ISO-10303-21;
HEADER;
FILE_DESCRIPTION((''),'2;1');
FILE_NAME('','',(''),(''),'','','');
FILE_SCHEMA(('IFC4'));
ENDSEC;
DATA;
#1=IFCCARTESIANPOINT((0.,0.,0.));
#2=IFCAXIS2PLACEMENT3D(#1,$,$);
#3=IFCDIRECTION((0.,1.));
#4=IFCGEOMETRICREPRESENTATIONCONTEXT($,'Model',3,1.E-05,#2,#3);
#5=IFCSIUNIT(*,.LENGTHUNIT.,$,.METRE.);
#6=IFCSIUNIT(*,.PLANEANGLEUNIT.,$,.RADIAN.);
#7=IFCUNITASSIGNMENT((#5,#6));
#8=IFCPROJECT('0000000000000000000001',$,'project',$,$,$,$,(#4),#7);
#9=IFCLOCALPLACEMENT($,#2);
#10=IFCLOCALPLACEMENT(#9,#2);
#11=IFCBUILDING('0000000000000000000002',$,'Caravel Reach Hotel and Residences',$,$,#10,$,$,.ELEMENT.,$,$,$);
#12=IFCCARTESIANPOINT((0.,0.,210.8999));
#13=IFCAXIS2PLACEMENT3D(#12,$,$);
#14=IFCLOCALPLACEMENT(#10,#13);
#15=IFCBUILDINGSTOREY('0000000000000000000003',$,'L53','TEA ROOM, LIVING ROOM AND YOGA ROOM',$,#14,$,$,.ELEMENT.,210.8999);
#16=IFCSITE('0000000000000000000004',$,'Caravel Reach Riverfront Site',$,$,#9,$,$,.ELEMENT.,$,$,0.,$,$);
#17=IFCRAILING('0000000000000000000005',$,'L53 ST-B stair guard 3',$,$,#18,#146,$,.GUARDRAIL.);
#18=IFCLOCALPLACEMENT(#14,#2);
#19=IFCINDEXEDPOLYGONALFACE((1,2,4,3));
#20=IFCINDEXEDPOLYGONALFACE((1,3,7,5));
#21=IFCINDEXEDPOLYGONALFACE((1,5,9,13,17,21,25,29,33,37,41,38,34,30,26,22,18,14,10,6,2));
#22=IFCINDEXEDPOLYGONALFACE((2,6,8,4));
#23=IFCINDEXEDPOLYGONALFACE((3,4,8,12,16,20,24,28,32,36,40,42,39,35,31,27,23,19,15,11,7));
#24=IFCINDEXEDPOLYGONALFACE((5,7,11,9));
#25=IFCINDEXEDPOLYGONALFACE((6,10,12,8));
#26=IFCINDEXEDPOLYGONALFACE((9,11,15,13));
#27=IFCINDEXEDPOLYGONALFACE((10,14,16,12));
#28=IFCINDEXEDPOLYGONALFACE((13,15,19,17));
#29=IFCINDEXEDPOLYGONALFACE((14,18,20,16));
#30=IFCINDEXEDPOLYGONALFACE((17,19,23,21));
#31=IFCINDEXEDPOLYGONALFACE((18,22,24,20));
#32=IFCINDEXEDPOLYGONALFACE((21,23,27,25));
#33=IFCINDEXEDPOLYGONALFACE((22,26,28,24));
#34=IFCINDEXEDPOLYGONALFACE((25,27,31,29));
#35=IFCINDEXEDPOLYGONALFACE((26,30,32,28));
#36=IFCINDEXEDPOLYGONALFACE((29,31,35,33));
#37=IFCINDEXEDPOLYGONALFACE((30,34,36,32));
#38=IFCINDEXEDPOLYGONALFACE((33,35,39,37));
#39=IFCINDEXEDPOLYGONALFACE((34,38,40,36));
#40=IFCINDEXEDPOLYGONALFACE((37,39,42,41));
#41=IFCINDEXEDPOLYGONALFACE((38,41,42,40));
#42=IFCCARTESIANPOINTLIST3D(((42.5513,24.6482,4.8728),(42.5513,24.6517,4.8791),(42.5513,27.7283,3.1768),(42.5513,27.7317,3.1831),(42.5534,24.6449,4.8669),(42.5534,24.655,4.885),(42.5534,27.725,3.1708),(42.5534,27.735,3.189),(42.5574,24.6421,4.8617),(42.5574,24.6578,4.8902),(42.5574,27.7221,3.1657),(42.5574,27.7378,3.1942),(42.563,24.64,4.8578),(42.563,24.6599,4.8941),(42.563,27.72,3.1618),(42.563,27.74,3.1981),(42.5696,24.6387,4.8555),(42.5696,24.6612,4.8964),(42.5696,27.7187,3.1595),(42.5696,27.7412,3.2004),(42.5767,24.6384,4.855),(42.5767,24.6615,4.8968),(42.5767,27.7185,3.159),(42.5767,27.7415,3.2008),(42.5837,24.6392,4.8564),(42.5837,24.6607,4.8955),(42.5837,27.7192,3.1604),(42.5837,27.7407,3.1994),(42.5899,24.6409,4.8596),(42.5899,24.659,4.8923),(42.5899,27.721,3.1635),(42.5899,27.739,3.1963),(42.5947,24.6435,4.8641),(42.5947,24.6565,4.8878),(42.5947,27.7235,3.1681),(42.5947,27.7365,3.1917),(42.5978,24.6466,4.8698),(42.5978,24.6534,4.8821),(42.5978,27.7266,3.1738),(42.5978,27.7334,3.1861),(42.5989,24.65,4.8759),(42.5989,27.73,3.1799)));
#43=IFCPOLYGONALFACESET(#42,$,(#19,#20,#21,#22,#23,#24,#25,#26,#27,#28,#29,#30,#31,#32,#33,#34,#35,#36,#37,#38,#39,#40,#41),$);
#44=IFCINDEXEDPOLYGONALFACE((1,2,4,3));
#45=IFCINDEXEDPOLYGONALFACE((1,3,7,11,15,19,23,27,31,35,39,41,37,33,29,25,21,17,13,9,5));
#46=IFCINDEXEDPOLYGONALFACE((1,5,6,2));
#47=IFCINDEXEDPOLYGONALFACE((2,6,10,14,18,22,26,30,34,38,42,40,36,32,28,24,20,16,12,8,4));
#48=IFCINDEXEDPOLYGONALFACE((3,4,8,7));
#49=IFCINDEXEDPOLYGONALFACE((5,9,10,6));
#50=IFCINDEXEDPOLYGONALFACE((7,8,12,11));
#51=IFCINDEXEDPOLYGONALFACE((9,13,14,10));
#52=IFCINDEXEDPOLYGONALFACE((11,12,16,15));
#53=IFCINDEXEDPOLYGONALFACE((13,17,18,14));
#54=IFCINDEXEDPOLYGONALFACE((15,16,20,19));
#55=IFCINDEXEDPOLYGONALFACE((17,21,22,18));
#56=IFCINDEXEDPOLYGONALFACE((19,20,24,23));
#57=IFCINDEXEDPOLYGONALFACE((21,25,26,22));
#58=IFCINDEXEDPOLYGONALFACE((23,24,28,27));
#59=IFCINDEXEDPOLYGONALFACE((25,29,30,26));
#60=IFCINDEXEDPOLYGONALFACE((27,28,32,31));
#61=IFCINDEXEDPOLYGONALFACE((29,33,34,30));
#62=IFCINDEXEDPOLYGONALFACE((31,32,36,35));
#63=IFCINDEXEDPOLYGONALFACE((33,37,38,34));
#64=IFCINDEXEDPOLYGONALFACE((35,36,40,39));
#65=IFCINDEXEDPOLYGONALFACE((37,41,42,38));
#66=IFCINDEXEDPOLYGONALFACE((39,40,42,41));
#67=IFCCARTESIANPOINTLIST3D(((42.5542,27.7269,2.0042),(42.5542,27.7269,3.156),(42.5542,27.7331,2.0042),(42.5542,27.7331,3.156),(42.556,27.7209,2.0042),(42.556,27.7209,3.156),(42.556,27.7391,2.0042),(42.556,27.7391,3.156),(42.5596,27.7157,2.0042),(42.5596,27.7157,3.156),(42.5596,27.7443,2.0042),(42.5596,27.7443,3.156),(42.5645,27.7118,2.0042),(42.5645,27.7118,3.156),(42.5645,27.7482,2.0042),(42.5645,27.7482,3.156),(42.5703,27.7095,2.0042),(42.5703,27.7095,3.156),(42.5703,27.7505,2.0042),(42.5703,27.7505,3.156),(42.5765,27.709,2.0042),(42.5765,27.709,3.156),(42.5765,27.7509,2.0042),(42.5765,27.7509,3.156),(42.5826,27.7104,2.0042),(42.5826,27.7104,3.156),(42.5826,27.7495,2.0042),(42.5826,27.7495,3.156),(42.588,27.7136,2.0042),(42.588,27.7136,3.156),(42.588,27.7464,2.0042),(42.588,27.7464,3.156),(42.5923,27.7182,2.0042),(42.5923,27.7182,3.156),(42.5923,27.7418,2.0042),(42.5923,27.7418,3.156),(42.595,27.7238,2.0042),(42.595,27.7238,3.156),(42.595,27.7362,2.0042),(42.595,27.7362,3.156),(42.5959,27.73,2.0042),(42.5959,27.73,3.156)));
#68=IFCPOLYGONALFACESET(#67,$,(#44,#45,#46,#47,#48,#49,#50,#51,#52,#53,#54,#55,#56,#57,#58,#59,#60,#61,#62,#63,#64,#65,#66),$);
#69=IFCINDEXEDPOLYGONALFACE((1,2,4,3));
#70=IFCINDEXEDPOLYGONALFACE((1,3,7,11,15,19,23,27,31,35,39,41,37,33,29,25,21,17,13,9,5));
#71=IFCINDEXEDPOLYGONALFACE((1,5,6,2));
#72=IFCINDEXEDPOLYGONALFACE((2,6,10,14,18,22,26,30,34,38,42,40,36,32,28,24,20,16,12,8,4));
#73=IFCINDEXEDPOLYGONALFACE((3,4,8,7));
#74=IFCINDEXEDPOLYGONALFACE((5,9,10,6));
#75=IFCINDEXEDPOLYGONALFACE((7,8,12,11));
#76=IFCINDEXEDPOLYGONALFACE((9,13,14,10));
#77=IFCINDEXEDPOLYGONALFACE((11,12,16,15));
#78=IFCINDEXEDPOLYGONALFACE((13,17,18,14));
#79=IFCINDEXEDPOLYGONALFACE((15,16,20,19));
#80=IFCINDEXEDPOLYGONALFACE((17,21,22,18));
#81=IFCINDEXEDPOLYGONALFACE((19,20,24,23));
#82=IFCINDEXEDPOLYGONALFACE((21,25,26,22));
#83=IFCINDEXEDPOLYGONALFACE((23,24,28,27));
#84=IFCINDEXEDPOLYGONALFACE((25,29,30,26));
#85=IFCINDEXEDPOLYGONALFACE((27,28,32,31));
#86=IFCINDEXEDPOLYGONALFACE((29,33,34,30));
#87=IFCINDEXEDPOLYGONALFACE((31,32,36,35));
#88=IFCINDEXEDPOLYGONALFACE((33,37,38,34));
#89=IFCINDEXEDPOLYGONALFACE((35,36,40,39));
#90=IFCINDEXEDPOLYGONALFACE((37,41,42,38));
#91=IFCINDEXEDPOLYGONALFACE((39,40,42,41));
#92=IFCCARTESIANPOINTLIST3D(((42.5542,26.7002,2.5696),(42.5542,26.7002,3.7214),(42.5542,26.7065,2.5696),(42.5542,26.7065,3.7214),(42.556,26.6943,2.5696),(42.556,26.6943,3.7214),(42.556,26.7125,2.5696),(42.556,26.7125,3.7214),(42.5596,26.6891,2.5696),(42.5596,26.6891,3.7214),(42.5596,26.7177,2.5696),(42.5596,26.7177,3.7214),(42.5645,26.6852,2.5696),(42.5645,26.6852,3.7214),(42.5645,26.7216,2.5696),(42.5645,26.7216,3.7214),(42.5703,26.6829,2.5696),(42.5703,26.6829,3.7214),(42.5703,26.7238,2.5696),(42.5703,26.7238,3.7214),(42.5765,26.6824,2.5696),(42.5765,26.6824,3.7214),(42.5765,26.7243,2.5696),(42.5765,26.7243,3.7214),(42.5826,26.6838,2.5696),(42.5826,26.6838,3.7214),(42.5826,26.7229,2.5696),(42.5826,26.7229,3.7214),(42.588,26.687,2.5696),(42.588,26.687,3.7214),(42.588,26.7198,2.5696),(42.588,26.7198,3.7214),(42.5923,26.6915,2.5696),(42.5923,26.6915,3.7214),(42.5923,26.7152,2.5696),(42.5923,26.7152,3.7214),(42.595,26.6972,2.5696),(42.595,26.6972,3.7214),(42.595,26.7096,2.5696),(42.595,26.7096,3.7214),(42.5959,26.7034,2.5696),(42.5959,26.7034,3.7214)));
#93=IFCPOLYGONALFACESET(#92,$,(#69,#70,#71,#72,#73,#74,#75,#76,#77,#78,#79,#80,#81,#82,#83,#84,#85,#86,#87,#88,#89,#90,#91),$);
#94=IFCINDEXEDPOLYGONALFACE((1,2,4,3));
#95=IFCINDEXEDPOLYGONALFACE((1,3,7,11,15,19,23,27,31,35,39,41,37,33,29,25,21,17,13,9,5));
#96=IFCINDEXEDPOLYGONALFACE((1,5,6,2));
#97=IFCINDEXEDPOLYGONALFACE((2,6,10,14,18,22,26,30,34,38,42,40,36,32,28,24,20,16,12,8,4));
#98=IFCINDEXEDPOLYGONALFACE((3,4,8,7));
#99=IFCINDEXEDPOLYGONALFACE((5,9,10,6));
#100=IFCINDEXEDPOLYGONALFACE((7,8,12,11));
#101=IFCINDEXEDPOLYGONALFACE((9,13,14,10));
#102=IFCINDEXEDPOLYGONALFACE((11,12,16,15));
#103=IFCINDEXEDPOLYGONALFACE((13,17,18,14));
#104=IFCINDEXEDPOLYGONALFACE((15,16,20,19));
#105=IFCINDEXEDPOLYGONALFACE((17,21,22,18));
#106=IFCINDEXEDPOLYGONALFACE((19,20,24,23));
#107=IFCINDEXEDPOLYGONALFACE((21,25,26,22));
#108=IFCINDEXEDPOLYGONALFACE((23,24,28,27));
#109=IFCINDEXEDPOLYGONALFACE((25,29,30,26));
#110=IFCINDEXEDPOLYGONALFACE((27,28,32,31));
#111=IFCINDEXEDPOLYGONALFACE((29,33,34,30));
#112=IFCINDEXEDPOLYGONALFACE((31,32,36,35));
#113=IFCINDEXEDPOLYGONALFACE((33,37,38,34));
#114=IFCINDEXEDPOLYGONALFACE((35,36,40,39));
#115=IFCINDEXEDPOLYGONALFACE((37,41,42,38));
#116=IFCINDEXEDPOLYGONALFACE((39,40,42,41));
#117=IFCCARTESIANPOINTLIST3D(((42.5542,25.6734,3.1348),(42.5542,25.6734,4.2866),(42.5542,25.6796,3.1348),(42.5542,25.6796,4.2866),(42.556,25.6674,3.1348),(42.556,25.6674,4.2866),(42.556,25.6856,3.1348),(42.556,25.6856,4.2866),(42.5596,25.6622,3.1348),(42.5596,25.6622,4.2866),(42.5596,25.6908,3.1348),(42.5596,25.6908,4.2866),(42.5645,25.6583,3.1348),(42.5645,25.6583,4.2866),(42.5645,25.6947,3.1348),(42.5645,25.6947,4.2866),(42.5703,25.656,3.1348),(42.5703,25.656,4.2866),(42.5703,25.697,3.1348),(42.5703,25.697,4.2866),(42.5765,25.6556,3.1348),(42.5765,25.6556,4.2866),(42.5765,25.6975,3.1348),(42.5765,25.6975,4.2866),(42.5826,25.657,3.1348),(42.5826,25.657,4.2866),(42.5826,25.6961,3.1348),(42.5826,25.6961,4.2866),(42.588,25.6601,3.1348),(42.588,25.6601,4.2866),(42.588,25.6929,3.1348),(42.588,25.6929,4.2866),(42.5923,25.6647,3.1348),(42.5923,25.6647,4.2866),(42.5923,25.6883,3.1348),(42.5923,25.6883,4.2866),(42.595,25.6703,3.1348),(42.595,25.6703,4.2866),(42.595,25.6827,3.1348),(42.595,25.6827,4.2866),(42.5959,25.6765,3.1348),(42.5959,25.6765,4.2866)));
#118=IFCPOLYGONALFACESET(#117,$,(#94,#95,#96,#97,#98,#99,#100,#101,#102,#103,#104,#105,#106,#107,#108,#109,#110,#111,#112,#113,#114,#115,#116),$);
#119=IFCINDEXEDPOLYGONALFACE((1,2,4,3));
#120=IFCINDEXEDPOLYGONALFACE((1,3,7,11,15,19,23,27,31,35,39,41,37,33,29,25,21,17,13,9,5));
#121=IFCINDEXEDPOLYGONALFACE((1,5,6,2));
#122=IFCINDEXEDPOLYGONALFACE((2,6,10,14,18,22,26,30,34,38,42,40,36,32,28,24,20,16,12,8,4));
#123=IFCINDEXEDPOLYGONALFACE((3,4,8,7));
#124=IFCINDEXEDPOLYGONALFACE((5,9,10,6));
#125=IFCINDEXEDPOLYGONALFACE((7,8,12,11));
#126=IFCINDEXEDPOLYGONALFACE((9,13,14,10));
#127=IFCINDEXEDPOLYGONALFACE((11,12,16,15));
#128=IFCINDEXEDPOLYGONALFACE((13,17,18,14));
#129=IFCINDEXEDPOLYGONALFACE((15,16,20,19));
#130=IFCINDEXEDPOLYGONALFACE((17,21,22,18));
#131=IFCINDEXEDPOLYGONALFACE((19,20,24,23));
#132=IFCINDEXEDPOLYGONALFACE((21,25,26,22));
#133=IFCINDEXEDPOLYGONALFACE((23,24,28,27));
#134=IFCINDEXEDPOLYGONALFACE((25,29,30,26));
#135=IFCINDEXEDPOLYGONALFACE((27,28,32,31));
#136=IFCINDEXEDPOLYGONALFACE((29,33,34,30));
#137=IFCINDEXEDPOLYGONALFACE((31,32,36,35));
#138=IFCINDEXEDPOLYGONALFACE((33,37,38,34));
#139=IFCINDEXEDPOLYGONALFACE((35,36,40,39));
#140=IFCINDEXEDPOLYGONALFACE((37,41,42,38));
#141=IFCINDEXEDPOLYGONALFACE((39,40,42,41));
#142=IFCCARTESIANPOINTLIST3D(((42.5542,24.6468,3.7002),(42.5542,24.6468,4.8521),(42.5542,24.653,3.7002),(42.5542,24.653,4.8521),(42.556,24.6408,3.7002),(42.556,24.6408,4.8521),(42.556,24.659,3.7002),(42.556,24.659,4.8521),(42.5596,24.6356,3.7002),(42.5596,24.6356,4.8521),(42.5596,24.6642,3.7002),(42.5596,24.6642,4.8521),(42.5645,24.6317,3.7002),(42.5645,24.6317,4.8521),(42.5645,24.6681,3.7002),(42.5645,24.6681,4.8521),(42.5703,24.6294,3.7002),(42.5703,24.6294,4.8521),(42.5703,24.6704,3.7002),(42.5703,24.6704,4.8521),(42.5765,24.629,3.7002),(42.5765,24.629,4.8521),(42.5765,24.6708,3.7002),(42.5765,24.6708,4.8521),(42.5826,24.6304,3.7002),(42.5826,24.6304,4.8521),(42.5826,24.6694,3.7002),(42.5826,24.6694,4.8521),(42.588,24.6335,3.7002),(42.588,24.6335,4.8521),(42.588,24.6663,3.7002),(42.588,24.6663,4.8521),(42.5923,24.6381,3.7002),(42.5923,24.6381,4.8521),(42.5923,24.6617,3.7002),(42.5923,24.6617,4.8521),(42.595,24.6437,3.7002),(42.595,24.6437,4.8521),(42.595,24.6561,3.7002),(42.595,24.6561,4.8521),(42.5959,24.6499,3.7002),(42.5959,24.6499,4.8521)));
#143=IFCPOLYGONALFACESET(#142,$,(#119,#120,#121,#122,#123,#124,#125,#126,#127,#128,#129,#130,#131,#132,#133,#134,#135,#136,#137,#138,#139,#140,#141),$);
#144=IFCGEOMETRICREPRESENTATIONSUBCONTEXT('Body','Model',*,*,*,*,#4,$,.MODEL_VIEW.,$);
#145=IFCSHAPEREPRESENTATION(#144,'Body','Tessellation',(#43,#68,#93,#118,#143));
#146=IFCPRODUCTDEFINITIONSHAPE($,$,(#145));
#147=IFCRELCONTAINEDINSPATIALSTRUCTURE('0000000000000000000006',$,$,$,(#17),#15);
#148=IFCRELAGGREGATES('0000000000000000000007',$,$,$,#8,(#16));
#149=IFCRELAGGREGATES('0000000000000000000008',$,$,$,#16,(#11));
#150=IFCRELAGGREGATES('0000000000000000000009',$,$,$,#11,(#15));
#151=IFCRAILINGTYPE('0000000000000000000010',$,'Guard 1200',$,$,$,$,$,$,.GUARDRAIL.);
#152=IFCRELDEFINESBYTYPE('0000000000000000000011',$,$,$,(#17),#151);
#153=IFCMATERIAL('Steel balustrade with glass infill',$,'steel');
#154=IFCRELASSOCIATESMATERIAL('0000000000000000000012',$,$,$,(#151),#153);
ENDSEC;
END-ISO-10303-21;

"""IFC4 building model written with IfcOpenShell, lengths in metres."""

from ifc_helpers import new_model, si_unit, direction, frame, origin, origin_2d, place, context, subcontext, project, spatial, circle, extrude, material, type_object, element, save


model = new_model("IFC4")

# Units and contexts
model_context = context("Model", 3, precision=1e-05, world=origin(), true_north=direction((0.0, 1.0)))
body_context = subcontext(model_context, "Body", "Model", "MODEL_VIEW")
ifc_project = project(units=[si_unit("LENGTHUNIT", "METRE"), si_unit("PLANEANGLEUNIT", "RADIAN")], contexts=[model_context])

# Site, building, storey
site_placement = place(None, origin())
site = spatial("IfcSite", under=ifc_project, at=site_placement, Name="Caravel Reach Riverfront Site", CompositionType="ELEMENT", RefElevation=0.0)
building_placement = place(site_placement, origin())
building = spatial("IfcBuilding", under=site, at=building_placement, Name="Caravel Reach Hotel and Residences", CompositionType="ELEMENT")
storey_placement = place(building_placement, frame((0.0, 0.0, 210.8999)))
storey = spatial("IfcBuildingStorey", under=building, at=storey_placement, Name="L53", Description="TEA ROOM, LIVING ROOM AND YOGA ROOM", CompositionType="ELEMENT", Elevation=210.8999)

# Railing
ifc_material_1 = material(Name="Steel balustrade with glass infill", Category="steel")
railing_type_1 = type_object("IfcRailingType", Name="Guard 1200", PredefinedType="GUARDRAIL", material=ifc_material_1)
railing_1_placement = place(storey_placement, frame((42.575, 27.73, 2.0042)))
element("IfcRailing", 1, at=railing_1_placement, inside=storey, type_object=railing_type_1, Name="L53 ST-B stair guard 3", PredefinedType="GUARDRAIL", context=body_context, shape_type="SweptSolid", body=[
    extrude(circle(Radius=0.0239, at=origin_2d()), frame((0.0, 0.0, 1.1758), z_axis=(0.0, -0.875975, 0.482356), x_axis=(1.0, 0.0, 0.0)), (0.0, 0.0, 1.0), 3.5161),
    extrude(circle(Radius=0.021, at=origin_2d()), origin(), (0.0, 0.0, 1.0), 1.1519),
    extrude(circle(Radius=0.021, at=origin_2d()), frame((0.0, -1.0266, 0.5654)), (0.0, 0.0, 1.0), 1.1519),
    extrude(circle(Radius=0.021, at=origin_2d()), frame((0.0, -2.0535, 1.1306)), (0.0, 0.0, 1.0), 1.1519),
    extrude(circle(Radius=0.021, at=origin_2d()), frame((0.0, -3.0801, 1.696)), (0.0, 0.0, 1.0), 1.1519),
])

save(model, "model.ifc")
